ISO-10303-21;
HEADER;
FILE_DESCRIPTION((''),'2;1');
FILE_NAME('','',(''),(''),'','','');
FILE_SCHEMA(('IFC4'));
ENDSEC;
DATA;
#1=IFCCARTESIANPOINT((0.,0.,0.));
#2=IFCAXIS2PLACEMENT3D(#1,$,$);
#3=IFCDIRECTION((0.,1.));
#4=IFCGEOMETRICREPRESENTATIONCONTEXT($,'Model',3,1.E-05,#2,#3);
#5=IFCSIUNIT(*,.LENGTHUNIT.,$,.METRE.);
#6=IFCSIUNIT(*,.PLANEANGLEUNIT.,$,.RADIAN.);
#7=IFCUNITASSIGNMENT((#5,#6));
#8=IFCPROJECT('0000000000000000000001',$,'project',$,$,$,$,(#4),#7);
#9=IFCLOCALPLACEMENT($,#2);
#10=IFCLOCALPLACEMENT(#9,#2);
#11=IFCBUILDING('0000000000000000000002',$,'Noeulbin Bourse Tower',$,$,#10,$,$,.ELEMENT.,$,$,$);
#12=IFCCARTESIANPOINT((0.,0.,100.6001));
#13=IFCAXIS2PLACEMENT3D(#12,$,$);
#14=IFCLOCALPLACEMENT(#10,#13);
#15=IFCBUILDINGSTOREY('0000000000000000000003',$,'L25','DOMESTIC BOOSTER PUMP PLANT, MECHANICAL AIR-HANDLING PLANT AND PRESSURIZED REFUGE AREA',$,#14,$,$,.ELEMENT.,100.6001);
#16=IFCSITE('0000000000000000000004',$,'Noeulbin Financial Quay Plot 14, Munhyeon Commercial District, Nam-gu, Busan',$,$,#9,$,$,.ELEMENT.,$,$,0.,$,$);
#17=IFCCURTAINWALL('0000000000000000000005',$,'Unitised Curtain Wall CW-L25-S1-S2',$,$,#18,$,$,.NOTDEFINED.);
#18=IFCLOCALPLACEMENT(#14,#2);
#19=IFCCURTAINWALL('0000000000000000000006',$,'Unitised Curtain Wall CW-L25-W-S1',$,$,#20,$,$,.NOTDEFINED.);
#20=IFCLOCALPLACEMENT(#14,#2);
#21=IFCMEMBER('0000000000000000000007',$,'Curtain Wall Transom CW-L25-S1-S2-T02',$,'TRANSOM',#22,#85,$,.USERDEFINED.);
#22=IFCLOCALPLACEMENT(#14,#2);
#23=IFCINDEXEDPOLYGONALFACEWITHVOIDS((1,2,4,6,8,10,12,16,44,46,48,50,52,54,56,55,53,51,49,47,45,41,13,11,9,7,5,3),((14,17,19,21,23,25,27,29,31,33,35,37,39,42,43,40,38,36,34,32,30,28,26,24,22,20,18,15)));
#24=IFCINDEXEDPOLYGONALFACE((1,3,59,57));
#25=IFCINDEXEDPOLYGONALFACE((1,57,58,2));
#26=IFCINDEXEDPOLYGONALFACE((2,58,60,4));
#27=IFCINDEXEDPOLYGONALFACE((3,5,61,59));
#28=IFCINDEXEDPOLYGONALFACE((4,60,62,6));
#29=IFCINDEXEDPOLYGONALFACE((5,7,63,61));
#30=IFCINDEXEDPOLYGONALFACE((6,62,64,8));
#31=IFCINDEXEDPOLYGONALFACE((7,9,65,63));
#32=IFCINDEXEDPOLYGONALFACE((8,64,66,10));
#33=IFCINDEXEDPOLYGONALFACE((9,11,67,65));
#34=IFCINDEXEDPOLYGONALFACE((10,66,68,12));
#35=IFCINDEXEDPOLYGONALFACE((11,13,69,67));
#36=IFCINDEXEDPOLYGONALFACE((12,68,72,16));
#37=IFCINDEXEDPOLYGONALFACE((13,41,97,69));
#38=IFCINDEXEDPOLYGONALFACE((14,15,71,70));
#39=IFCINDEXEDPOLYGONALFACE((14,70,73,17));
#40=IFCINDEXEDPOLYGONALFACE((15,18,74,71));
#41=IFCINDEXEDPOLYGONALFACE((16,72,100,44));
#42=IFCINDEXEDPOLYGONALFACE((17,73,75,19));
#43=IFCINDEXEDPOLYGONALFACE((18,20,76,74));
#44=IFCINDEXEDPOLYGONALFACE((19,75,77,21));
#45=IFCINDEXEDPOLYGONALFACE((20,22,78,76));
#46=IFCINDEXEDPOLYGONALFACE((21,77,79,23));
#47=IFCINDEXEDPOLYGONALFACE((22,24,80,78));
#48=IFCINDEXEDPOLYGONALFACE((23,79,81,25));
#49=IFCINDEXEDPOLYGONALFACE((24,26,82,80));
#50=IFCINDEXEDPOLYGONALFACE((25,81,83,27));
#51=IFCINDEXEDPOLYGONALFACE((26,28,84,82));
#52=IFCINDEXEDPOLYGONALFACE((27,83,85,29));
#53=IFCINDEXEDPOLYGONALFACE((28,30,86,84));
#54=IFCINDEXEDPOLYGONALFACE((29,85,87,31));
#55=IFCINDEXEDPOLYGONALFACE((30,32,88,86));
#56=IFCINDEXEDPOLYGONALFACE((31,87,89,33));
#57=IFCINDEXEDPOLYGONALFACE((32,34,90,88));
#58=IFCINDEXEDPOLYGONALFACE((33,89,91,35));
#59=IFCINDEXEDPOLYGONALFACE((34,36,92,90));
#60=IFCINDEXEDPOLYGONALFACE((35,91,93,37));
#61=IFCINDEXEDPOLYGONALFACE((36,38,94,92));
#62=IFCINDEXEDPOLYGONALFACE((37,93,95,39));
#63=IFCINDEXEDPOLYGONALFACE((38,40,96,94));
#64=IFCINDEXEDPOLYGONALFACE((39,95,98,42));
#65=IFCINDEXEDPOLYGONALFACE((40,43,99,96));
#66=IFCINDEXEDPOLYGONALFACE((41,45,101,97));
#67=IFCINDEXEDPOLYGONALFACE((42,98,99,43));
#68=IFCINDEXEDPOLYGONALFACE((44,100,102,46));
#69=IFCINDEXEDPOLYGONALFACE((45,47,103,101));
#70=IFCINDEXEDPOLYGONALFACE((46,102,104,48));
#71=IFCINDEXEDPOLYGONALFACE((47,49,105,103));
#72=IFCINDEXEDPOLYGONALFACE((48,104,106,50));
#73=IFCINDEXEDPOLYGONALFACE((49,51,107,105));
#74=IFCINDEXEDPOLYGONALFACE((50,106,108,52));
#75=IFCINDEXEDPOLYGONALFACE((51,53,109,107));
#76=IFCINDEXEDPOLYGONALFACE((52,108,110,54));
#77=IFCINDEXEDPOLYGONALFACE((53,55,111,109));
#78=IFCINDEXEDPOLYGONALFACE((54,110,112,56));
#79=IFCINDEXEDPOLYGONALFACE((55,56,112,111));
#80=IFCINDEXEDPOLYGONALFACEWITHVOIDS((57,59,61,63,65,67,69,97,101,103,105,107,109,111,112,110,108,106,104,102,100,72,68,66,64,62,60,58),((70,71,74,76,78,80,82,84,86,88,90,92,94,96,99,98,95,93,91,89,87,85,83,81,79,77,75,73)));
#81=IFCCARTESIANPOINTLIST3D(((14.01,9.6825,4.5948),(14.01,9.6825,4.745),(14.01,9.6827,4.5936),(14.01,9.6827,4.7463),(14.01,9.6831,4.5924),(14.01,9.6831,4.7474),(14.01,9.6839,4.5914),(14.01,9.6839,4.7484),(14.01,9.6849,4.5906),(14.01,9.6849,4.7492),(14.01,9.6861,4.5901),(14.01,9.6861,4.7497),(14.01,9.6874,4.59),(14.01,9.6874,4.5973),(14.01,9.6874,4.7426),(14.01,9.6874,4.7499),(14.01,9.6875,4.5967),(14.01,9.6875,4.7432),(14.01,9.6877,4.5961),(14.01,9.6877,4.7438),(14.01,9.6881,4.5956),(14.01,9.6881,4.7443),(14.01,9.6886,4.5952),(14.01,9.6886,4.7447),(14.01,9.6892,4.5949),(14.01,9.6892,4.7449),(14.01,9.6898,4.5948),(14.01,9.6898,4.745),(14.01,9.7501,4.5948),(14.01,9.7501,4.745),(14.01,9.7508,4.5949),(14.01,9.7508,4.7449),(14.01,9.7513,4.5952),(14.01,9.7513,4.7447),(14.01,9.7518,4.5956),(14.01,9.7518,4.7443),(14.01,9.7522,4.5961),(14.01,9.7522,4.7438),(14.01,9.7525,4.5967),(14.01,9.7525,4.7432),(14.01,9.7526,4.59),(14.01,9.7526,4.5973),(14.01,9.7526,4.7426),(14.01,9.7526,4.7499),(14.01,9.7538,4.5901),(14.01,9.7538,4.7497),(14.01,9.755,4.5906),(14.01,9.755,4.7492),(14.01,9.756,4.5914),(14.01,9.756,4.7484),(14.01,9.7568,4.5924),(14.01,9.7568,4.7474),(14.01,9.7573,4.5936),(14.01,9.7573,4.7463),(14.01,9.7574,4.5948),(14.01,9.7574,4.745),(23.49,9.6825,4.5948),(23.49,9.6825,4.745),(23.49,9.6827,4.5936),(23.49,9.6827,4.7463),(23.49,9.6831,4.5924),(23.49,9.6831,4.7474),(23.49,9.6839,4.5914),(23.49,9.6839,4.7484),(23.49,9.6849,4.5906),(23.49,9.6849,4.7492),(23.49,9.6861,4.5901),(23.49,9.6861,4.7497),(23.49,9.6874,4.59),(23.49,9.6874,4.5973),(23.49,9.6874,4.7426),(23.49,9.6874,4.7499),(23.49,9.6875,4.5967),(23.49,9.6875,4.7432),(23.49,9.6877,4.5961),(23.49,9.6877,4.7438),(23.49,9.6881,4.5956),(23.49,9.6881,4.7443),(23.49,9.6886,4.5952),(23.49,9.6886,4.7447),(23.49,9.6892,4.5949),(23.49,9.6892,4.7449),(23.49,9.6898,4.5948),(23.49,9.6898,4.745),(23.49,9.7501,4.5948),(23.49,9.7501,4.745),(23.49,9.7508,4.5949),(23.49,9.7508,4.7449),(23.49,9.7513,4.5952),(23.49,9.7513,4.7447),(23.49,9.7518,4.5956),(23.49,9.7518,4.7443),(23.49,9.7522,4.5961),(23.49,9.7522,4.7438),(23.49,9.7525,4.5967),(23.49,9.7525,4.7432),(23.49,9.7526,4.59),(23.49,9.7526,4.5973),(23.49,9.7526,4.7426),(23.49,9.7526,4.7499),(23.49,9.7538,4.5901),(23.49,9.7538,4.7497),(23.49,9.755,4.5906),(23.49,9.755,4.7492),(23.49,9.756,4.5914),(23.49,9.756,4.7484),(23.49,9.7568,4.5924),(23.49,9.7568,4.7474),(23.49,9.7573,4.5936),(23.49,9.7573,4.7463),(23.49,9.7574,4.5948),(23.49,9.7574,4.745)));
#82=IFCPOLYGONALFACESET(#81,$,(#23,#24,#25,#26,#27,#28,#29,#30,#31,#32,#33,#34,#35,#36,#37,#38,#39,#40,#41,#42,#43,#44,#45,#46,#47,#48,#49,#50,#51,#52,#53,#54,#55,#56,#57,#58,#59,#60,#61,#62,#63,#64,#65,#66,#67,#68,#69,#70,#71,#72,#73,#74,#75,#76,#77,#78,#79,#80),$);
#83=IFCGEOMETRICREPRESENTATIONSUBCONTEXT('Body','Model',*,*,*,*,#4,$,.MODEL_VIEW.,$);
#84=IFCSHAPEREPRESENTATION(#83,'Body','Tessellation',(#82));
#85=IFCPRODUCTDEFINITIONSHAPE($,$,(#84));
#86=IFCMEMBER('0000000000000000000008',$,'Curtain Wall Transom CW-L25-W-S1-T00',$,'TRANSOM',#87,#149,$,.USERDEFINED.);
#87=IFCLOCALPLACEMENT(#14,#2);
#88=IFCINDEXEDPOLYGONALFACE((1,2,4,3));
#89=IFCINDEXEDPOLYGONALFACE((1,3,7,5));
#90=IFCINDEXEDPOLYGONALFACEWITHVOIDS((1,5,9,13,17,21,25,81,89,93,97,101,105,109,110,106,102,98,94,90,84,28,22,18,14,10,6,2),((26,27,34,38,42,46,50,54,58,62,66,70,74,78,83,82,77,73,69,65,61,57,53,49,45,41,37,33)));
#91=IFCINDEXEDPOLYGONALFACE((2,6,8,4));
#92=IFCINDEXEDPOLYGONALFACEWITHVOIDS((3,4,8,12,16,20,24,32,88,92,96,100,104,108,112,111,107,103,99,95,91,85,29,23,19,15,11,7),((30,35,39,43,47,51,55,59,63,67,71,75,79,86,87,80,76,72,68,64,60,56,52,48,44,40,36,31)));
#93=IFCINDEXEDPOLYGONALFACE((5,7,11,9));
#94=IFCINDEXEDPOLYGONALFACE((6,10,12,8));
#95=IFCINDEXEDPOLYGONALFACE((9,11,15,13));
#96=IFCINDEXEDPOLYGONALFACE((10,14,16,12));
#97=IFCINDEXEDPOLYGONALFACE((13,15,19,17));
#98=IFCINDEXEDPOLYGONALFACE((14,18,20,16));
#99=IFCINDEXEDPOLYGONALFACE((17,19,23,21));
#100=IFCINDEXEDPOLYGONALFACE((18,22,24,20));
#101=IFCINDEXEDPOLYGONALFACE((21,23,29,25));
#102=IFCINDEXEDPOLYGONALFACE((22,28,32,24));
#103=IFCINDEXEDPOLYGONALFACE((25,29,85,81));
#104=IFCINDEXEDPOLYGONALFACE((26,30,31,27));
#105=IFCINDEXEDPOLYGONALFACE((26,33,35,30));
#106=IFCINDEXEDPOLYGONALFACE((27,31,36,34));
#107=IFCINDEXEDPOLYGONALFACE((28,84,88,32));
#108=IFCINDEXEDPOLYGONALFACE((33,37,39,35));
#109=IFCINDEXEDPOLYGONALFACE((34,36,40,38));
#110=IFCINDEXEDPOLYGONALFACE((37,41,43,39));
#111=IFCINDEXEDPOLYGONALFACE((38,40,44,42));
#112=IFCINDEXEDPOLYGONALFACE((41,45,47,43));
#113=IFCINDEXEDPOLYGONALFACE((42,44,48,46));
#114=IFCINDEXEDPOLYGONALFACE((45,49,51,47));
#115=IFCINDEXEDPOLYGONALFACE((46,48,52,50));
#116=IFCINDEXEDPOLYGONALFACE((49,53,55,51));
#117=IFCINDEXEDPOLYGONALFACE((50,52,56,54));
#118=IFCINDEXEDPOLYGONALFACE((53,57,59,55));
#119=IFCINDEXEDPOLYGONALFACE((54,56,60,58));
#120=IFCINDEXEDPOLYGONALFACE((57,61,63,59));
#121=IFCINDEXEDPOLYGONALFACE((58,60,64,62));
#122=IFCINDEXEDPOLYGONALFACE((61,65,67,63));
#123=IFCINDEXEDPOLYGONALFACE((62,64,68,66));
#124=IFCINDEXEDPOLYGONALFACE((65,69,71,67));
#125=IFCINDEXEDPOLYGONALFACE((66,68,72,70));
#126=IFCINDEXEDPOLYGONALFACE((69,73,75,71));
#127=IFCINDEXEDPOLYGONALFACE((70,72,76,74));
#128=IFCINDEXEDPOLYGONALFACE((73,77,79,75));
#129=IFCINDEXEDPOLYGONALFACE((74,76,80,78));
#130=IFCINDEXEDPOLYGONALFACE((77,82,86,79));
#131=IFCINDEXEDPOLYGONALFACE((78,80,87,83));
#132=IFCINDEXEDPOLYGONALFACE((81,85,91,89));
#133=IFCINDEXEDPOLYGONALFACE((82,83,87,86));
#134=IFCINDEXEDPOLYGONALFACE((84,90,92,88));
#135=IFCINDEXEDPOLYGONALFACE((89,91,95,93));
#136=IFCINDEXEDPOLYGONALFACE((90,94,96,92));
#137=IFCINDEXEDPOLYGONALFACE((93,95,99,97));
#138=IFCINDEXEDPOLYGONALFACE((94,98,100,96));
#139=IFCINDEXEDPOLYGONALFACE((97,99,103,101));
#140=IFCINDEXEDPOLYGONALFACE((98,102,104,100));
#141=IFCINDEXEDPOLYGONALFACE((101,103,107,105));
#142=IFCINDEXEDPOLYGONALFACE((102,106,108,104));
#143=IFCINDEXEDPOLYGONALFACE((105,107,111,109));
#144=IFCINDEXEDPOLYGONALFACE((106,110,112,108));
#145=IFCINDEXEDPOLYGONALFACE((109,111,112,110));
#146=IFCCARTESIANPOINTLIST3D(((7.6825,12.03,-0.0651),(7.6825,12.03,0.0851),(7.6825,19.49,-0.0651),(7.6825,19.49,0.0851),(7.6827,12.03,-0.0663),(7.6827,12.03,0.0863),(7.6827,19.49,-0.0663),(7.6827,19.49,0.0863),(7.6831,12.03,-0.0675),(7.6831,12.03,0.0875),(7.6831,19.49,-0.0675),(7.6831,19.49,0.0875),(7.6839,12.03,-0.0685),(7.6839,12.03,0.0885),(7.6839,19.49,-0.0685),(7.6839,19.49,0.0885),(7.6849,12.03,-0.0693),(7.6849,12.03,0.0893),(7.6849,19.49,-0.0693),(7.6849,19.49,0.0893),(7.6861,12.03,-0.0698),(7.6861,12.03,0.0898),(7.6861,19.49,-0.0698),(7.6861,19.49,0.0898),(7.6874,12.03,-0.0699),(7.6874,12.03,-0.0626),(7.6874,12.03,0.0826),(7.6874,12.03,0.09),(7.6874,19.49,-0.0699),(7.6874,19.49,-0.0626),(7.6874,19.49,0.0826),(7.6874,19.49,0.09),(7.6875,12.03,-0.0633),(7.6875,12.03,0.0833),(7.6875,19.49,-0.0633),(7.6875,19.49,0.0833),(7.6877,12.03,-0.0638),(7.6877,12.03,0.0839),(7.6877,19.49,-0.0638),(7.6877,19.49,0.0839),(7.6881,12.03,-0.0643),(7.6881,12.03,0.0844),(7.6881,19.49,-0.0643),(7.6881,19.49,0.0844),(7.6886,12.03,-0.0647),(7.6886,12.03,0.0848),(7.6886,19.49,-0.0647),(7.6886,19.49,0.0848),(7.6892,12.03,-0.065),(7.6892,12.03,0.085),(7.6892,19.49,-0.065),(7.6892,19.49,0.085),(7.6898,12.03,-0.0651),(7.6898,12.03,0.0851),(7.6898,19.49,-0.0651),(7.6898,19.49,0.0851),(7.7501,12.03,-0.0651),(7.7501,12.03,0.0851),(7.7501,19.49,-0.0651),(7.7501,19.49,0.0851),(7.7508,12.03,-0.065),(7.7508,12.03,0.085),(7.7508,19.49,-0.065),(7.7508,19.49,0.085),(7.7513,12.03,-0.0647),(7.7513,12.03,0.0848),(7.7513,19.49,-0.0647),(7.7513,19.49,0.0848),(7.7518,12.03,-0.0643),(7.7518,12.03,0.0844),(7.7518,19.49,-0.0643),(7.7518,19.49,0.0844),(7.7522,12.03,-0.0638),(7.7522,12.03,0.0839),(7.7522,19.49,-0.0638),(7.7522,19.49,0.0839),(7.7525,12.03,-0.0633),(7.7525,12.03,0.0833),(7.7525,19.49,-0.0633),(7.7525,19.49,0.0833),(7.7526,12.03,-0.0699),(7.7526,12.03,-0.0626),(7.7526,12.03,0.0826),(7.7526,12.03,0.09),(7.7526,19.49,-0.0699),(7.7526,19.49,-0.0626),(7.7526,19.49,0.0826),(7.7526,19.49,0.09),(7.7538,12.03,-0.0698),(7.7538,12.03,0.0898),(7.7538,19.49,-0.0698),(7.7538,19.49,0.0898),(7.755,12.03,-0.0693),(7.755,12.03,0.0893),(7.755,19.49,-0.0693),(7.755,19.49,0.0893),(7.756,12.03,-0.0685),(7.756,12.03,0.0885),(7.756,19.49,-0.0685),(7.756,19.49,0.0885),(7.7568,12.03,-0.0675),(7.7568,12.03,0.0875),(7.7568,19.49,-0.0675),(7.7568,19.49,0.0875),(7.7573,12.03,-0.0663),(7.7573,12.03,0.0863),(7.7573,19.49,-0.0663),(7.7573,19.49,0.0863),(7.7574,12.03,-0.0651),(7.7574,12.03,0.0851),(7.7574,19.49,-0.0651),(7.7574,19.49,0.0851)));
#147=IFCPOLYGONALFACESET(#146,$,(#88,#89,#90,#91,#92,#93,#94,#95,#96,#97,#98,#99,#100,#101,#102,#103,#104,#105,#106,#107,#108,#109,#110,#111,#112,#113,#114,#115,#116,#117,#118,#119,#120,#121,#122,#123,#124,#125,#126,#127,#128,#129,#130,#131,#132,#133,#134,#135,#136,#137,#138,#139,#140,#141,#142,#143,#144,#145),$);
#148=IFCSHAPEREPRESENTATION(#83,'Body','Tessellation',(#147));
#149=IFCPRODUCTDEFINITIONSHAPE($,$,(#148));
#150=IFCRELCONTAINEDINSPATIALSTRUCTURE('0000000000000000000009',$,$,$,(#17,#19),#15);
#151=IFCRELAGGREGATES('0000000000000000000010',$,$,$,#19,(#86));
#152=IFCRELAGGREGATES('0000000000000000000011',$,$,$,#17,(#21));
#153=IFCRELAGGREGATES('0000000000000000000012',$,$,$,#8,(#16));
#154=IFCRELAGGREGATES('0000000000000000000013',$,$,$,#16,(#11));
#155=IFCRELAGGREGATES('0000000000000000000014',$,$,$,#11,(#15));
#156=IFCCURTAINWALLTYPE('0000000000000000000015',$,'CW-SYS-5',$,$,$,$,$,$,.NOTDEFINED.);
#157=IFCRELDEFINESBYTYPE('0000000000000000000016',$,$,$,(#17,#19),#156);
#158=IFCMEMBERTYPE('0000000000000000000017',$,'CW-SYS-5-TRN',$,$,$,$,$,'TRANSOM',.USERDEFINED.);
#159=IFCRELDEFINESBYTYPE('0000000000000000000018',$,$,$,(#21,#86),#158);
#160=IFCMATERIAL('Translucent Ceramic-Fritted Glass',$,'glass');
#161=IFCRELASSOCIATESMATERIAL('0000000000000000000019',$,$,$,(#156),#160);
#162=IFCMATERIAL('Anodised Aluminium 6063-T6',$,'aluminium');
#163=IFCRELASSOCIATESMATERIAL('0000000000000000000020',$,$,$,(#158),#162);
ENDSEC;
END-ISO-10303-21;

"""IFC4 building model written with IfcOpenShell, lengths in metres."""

from ifc_helpers import new_model, si_unit, direction, frame, origin, origin_2d, place, context, subcontext, project, spatial, hollow_rectangle, extrude, material, material_profile, profile_set, type_object, element, aggregate, save


model = new_model("IFC4")

# Units and contexts
model_context = context("Model", 3, precision=1e-05, world=origin(), true_north=direction((0.0, 1.0)))
body_context = subcontext(model_context, "Body", "Model", "MODEL_VIEW")
ifc_project = project(units=[si_unit("LENGTHUNIT", "METRE"), si_unit("PLANEANGLEUNIT", "RADIAN")], contexts=[model_context])

# Site, building, storey
site_placement = place(None, origin())
site = spatial("IfcSite", under=ifc_project, at=site_placement, Name="Noeulbin Financial Quay Plot 14, Munhyeon Commercial District, Nam-gu, Busan", CompositionType="ELEMENT", RefElevation=0.0)
building_placement = place(site_placement, origin())
building = spatial("IfcBuilding", under=site, at=building_placement, Name="Noeulbin Bourse Tower", CompositionType="ELEMENT")
storey_placement = place(building_placement, frame((0.0, 0.0, 100.6001)))
storey = spatial("IfcBuildingStorey", under=building, at=storey_placement, Name="L25", Description="DOMESTIC BOOSTER PUMP PLANT, MECHANICAL AIR-HANDLING PLANT AND PRESSURIZED REFUGE AREA", CompositionType="ELEMENT", Elevation=100.6001)

# Curtain wall
ifc_material_1 = material(Name="Translucent Ceramic-Fritted Glass", Category="glass")
curtain_wall_type = type_object("IfcCurtainWallType", Name="CW-SYS-5", PredefinedType="NOTDEFINED", material=ifc_material_1)
ifc_material_2 = material(Name="Anodised Aluminium 6063-T6", Category="aluminium")
curtain_wall_1_placement = place(storey_placement, origin())
curtain_wall_1 = element("IfcCurtainWall", 1, at=curtain_wall_1_placement, inside=storey, type_object=curtain_wall_type, Name="Unitised Curtain Wall CW-L25-S1-S2", PredefinedType="NOTDEFINED")

# Curtain wall
curtain_wall_2_placement = place(storey_placement, origin())
curtain_wall_2 = element("IfcCurtainWall", 2, at=curtain_wall_2_placement, inside=storey, type_object=curtain_wall_type, Name="Unitised Curtain Wall CW-L25-W-S1", PredefinedType="NOTDEFINED")

# Members
ifc_material_profile_1 = material_profile(ifc_material_2, hollow_rectangle(XDim=0.075, YDim=0.1599, WallThickness=0.0049, InnerFilletRadius=0.0024, OuterFilletRadius=0.0049, at=origin_2d()), Name="ALU-TRAN-75x160x5", Category="LoadBearing")
ifc_profile_set_1 = profile_set([ifc_material_profile_1], Name="Anodised Aluminium 6063-T6")
member_type_1 = type_object("IfcMemberType", Name="CW-SYS-5-TRN", ElementType="TRANSOM", PredefinedType="USERDEFINED", material=ifc_profile_set_1)
member_1_placement = place(storey_placement, frame((14.01, 9.72, 4.6699), z_axis=(1.0, 0.0, 0.0), x_axis=(0.0, 1.0, 0.0)))
member_1 = element("IfcMember", 3, at=member_1_placement, type_object=member_type_1, Name="Curtain Wall Transom CW-L25-S1-S2-T02", ObjectType="TRANSOM", PredefinedType="USERDEFINED", context=body_context, shape_type="SweptSolid", body=[
    extrude(hollow_rectangle(XDim=0.075, YDim=0.1599, WallThickness=0.0049, InnerFilletRadius=0.0024, OuterFilletRadius=0.0049, at=origin_2d()), origin(), (0.0, 0.0, 1.0), 9.48),
])
member_2_placement = place(storey_placement, frame((7.72, 12.03, 0.01), z_axis=(0.0, 1.0, 0.0), x_axis=(-1.0, 0.0, 0.0)))
member_2 = element("IfcMember", 4, at=member_2_placement, type_object=member_type_1, Name="Curtain Wall Transom CW-L25-W-S1-T00", ObjectType="TRANSOM", PredefinedType="USERDEFINED", context=body_context, shape_type="SweptSolid", body=[
    extrude(hollow_rectangle(XDim=0.075, YDim=0.1599, WallThickness=0.0049, InnerFilletRadius=0.0024, OuterFilletRadius=0.0049, at=origin_2d()), origin(), (0.0, 0.0, 1.0), 7.46),
])
aggregate(curtain_wall_2, [member_2])

aggregate(curtain_wall_1, [member_1])

save(model, "model.ifc")
